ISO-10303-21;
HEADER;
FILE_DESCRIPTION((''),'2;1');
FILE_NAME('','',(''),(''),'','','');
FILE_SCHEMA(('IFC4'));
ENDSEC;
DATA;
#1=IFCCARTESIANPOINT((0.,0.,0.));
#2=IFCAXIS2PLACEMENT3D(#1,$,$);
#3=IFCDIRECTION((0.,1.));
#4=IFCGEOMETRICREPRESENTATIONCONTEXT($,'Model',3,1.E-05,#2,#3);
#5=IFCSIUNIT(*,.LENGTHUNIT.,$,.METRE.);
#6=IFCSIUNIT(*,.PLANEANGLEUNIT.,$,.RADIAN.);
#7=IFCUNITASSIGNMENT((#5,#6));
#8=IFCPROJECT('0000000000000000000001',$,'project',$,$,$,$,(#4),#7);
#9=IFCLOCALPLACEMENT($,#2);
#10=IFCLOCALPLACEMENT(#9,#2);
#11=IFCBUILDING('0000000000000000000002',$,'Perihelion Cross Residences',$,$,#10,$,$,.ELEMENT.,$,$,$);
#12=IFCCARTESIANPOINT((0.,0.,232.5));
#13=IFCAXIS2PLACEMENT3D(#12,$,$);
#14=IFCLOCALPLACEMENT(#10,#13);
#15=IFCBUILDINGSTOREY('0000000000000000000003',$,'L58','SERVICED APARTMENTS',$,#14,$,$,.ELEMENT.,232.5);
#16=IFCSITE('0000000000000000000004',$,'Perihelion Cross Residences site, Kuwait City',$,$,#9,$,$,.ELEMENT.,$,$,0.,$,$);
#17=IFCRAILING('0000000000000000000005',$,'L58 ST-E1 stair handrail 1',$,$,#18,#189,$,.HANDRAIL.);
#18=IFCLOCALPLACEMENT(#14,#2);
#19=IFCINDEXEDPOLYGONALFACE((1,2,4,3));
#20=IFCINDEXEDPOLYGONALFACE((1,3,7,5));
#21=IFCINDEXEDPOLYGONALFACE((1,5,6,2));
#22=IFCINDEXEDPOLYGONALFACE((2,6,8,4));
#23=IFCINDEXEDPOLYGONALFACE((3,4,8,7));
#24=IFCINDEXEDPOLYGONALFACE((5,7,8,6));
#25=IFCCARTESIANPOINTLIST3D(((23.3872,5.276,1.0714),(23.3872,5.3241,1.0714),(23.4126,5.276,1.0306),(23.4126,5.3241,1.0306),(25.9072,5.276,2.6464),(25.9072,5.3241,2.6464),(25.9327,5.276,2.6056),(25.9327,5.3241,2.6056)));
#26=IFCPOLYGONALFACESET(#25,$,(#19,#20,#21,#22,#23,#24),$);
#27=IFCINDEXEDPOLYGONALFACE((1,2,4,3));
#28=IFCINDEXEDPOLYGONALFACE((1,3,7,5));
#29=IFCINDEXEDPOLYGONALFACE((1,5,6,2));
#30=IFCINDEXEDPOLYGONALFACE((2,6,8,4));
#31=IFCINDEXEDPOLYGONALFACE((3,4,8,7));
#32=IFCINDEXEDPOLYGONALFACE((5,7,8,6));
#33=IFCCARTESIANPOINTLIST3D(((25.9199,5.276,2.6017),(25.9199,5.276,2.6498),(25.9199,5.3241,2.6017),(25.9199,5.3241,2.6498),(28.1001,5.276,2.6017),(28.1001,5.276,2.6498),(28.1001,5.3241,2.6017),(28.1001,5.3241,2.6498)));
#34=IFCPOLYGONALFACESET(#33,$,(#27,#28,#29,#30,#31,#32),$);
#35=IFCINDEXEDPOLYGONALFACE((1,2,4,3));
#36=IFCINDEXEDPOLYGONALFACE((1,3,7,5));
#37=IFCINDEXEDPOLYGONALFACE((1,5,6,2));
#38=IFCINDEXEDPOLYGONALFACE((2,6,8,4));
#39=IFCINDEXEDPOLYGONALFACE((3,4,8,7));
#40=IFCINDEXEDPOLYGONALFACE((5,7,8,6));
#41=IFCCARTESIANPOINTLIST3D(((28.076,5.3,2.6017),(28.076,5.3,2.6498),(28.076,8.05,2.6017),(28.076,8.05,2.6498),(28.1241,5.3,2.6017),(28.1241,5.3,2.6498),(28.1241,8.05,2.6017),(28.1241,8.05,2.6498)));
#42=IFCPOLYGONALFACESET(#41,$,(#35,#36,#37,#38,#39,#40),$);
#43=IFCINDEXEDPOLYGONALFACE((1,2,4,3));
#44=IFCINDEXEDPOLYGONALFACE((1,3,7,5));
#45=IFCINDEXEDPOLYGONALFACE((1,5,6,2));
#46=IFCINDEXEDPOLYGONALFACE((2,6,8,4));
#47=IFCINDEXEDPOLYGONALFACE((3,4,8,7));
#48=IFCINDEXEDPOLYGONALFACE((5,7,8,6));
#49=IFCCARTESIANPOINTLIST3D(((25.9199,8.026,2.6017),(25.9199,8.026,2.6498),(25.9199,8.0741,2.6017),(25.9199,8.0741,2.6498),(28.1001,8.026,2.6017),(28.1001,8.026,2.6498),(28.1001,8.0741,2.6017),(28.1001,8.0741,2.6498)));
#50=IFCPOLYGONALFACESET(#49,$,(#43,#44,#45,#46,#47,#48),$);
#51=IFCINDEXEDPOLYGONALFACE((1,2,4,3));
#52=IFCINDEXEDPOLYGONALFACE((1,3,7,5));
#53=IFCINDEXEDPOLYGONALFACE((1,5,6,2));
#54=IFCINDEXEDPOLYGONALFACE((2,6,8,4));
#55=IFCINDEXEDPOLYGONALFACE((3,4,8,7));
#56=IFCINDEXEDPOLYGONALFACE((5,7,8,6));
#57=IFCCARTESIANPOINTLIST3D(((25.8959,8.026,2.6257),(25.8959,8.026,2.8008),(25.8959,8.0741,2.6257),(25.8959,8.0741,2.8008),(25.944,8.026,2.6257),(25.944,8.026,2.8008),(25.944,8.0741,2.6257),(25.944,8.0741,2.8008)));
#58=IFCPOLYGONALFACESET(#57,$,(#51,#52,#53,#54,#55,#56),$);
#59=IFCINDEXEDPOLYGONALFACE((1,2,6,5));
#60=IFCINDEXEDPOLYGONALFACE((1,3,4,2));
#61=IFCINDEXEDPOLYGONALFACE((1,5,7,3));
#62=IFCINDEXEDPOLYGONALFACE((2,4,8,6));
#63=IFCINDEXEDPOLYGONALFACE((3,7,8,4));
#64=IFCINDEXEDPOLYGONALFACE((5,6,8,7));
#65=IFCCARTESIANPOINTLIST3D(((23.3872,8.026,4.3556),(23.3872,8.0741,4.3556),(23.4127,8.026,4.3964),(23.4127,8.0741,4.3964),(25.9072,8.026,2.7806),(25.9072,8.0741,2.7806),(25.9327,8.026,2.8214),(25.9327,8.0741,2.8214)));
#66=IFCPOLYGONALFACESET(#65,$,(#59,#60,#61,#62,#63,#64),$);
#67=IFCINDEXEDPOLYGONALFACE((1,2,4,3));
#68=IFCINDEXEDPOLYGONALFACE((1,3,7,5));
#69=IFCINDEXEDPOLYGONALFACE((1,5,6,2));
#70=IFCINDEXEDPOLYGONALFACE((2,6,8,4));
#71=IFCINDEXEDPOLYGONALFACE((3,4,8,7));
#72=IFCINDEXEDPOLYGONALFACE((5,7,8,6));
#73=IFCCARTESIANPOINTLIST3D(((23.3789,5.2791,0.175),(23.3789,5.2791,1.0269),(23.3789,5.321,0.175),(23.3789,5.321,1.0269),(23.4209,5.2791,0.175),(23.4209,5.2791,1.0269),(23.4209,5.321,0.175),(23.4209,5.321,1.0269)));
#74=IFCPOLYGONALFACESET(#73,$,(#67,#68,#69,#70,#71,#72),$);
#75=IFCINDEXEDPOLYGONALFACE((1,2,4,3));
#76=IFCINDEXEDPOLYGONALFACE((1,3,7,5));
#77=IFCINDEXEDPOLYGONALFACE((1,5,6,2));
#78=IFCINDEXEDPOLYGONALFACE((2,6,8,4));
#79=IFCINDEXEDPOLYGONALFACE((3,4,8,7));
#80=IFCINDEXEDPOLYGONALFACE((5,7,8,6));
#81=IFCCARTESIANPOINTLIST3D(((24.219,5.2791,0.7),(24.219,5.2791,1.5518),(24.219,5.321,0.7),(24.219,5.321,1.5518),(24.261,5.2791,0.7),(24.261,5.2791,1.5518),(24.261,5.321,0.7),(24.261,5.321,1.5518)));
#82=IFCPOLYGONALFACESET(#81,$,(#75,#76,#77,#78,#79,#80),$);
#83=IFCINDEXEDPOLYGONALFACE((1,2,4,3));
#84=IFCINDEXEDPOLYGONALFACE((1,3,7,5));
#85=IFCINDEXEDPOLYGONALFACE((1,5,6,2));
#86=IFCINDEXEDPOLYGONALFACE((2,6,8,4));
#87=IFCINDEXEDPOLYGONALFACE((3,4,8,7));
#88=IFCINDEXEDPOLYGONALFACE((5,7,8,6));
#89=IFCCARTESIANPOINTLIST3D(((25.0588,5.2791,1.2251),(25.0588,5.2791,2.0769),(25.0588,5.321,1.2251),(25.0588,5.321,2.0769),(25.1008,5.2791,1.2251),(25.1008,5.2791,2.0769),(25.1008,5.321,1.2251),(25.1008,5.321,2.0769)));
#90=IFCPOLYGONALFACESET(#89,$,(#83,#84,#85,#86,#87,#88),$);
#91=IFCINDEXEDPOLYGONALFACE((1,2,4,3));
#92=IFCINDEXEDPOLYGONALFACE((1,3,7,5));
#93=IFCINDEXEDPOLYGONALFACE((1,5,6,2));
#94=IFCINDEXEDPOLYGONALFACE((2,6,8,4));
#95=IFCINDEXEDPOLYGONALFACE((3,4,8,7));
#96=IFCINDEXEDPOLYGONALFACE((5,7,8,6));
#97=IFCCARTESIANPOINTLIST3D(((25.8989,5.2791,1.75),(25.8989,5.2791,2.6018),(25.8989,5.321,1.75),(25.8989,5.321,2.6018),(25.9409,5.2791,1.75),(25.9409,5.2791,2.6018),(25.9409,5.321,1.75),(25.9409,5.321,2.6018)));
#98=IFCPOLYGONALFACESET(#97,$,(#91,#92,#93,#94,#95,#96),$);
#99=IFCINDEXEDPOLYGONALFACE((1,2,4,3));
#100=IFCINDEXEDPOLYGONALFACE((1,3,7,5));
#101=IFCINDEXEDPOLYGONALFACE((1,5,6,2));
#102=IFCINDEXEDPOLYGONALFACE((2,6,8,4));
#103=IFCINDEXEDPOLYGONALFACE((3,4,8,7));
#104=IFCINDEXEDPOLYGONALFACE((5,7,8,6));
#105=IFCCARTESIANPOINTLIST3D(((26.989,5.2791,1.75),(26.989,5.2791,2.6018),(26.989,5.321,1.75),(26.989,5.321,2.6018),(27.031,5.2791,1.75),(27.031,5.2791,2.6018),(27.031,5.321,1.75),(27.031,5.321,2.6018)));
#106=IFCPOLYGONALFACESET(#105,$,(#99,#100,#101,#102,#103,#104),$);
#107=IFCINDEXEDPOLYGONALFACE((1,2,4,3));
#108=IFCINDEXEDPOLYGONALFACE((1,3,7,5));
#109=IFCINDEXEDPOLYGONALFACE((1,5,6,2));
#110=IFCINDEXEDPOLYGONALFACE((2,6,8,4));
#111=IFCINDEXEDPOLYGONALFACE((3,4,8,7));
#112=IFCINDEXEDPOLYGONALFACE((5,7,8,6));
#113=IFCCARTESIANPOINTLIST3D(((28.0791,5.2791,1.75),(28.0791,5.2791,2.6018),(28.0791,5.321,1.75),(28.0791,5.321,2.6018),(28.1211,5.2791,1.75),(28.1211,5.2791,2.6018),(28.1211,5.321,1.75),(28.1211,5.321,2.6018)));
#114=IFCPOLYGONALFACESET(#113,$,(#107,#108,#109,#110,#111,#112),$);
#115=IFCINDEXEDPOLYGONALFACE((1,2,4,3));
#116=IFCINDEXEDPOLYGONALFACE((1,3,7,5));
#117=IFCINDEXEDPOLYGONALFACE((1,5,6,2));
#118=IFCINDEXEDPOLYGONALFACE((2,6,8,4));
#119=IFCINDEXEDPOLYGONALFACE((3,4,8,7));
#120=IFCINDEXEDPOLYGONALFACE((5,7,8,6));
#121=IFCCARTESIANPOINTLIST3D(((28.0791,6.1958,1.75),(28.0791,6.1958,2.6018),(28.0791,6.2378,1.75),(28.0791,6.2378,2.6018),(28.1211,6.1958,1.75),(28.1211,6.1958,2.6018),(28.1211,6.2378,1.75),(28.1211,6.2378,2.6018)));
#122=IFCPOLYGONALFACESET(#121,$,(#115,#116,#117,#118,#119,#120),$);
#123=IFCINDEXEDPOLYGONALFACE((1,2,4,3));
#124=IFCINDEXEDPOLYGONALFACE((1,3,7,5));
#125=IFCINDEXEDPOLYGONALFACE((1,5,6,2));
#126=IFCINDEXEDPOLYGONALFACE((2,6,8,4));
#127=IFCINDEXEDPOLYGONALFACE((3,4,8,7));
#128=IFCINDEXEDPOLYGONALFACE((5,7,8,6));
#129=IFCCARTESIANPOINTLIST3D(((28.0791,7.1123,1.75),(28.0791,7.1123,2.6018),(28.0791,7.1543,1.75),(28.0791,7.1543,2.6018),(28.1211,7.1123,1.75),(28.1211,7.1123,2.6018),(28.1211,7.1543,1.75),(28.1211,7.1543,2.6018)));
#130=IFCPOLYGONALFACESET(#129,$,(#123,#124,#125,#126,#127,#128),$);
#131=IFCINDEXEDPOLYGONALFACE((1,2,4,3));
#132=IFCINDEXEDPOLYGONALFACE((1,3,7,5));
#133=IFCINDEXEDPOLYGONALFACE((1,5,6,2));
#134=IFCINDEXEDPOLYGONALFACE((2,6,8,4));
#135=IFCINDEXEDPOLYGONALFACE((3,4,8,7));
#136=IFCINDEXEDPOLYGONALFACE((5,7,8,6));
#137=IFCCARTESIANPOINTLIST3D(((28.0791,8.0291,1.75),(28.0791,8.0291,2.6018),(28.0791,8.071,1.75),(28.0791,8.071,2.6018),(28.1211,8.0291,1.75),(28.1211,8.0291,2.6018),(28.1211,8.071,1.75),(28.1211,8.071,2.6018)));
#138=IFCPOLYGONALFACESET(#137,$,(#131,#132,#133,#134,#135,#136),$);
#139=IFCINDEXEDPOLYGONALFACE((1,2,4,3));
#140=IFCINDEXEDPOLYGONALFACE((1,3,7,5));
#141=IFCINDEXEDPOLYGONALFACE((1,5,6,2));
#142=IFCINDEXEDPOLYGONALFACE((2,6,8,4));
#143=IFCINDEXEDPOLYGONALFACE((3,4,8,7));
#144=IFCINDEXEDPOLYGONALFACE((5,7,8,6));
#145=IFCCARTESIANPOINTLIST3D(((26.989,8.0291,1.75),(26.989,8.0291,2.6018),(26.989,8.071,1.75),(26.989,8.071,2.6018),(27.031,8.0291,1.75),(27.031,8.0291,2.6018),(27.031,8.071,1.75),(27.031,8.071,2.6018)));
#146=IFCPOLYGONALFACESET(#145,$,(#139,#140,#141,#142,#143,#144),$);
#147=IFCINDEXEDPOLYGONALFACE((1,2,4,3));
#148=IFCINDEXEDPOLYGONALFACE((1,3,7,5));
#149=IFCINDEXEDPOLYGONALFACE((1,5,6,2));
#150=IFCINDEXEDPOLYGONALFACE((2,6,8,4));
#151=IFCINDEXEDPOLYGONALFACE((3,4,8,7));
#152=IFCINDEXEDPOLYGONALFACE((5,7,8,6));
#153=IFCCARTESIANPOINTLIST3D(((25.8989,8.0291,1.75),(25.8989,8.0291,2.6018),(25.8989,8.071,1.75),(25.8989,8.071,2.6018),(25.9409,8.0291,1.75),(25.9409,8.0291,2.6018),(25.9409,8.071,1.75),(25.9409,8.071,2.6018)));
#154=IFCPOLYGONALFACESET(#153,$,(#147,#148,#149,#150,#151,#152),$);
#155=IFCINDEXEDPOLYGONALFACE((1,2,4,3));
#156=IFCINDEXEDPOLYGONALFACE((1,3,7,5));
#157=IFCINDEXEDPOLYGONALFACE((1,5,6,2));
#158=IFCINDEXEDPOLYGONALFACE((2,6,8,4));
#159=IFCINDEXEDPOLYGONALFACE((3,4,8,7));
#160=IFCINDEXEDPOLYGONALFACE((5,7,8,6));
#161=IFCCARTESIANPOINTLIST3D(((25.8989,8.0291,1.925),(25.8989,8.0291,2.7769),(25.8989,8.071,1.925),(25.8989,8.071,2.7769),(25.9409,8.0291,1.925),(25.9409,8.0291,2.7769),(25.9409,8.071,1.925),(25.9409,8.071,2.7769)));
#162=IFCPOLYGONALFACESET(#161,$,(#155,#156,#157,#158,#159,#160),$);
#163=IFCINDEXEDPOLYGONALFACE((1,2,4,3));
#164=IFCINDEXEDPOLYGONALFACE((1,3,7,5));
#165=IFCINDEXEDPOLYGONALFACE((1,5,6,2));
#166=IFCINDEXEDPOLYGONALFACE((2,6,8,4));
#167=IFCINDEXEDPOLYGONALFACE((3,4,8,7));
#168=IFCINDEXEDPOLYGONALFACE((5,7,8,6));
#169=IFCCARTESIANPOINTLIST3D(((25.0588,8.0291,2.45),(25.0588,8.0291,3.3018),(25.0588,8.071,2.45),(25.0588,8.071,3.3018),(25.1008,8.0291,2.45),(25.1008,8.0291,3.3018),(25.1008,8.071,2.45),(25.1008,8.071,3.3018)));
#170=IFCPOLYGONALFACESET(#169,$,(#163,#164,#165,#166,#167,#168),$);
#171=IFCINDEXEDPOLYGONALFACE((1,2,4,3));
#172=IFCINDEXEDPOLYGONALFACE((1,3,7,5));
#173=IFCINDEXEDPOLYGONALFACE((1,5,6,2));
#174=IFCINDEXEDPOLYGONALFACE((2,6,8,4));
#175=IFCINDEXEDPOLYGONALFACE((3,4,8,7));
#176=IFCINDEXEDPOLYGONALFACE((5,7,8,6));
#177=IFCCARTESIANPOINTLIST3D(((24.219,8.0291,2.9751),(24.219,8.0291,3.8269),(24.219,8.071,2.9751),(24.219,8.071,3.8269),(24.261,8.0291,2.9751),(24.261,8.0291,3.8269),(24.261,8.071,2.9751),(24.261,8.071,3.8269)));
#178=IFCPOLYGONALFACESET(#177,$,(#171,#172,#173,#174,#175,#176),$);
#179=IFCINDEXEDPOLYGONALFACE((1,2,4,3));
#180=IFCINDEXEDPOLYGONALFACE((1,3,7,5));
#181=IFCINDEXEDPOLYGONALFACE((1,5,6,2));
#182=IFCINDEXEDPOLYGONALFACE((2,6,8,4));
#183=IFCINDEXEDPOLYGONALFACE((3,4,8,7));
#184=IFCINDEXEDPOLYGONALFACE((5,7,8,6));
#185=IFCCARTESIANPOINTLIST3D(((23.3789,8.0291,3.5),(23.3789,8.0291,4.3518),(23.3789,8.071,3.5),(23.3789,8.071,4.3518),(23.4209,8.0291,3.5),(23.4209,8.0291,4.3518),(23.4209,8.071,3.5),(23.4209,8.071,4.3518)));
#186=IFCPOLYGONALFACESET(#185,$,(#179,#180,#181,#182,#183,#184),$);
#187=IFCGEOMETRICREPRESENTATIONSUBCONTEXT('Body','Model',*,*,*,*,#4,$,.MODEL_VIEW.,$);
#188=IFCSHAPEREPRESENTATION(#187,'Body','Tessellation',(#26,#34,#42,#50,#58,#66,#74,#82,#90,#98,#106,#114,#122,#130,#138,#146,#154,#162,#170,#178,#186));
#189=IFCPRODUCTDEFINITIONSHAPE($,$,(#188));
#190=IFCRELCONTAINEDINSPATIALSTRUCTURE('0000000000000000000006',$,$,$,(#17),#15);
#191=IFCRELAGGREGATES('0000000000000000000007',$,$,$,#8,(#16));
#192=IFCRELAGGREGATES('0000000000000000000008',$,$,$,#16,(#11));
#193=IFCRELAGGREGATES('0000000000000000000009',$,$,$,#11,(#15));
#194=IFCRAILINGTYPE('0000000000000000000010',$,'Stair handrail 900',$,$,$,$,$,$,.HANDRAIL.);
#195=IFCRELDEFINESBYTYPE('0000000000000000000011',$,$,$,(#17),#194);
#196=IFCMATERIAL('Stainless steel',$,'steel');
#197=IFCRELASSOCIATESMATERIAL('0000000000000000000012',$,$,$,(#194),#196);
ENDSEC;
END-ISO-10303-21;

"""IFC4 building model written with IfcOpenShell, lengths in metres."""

from ifc_helpers import new_model, si_unit, direction, frame, origin, origin_2d, place, context, subcontext, project, spatial, rectangle, extrude, material, type_object, element, save


model = new_model("IFC4")

# Units and contexts
model_context = context("Model", 3, precision=1e-05, world=origin(), true_north=direction((0.0, 1.0)))
body_context = subcontext(model_context, "Body", "Model", "MODEL_VIEW")
ifc_project = project(units=[si_unit("LENGTHUNIT", "METRE"), si_unit("PLANEANGLEUNIT", "RADIAN")], contexts=[model_context])

# Site, building, storey
site_placement = place(None, origin())
site = spatial("IfcSite", under=ifc_project, at=site_placement, Name="Perihelion Cross Residences site, Kuwait City", CompositionType="ELEMENT", RefElevation=0.0)
building_placement = place(site_placement, origin())
building = spatial("IfcBuilding", under=site, at=building_placement, Name="Perihelion Cross Residences", CompositionType="ELEMENT")
storey_placement = place(building_placement, frame((0.0, 0.0, 232.5)))
storey = spatial("IfcBuildingStorey", under=building, at=storey_placement, Name="L58", Description="SERVICED APARTMENTS", CompositionType="ELEMENT", Elevation=232.5)

# Railing
ifc_material_1 = material(Name="Stainless steel", Category="steel")
railing_type = type_object("IfcRailingType", Name="Stair handrail 900", PredefinedType="HANDRAIL", material=ifc_material_1)
railing_placement = place(storey_placement, frame((23.3999, 5.3, 0.175)))
element("IfcRailing", 1, at=railing_placement, inside=storey, type_object=railing_type, Name="L58 ST-E1 stair handrail 1", PredefinedType="HANDRAIL", context=body_context, shape_type="SweptSolid", body=[
    extrude(rectangle(XDim=0.0481, YDim=0.0481, at=origin_2d()), frame((0.0, 0.0, 0.876), z_axis=(0.848008, 0.0, 0.529984), x_axis=(0.0, 1.0, 0.0)), (0.0, 0.0, 1.0), 2.9717),
    extrude(rectangle(XDim=0.0481, YDim=0.0481, at=origin_2d()), frame((2.52, 0.0, 2.4507), z_axis=(1.0, 0.0, 0.0), x_axis=(0.0, 1.0, 0.0)), (0.0, 0.0, 1.0), 2.1802),
    extrude(rectangle(XDim=0.0481, YDim=0.0481, at=origin_2d()), frame((4.7002, 0.0, 2.4507), z_axis=(0.0, 1.0, 0.0), x_axis=(-1.0, 0.0, 0.0)), (0.0, 0.0, 1.0), 2.75),
    extrude(rectangle(XDim=0.0481, YDim=0.0481, at=origin_2d()), frame((4.7002, 2.75, 2.4507), z_axis=(-1.0, 0.0, 0.0), x_axis=(0.0, -1.0, 0.0)), (0.0, 0.0, 1.0), 2.1802),
    extrude(rectangle(XDim=0.0481, YDim=0.0481, at=origin_2d()), frame((2.52, 2.75, 2.4507), z_axis=(0.0, 0.0, 1.0), x_axis=(1.0, 0.0, 0.0)), (0.0, 0.0, 1.0), 0.175),
    extrude(rectangle(XDim=0.0481, YDim=0.0481, at=origin_2d()), frame((2.52, 2.75, 2.626), z_axis=(-0.848008, 0.0, 0.529984), x_axis=(0.0, -1.0, 0.0)), (0.0, 0.0, 1.0), 2.9717),
    extrude(rectangle(XDim=0.042, YDim=0.042, at=origin_2d()), origin(), (0.0, 0.0, 1.0), 0.8518),
    extrude(rectangle(XDim=0.042, YDim=0.042, at=origin_2d()), frame((0.8401, 0.0, 0.5249)), (0.0, 0.0, 1.0), 0.8518),
    extrude(rectangle(XDim=0.042, YDim=0.042, at=origin_2d()), frame((1.6799, 0.0, 1.05)), (0.0, 0.0, 1.0), 0.8518),
    extrude(rectangle(XDim=0.042, YDim=0.042, at=origin_2d()), frame((2.52, 0.0, 1.575)), (0.0, 0.0, 1.0), 0.8518),
    extrude(rectangle(XDim=0.042, YDim=0.042, at=origin_2d()), frame((3.6101, 0.0, 1.575)), (0.0, 0.0, 1.0), 0.8518),
    extrude(rectangle(XDim=0.042, YDim=0.042, at=origin_2d()), frame((4.7002, 0.0, 1.575)), (0.0, 0.0, 1.0), 0.8518),
    extrude(rectangle(XDim=0.042, YDim=0.042, at=origin_2d()), frame((4.7002, 0.9167, 1.575)), (0.0, 0.0, 1.0), 0.8518),
    extrude(rectangle(XDim=0.042, YDim=0.042, at=origin_2d()), frame((4.7002, 1.8333, 1.575)), (0.0, 0.0, 1.0), 0.8518),
    extrude(rectangle(XDim=0.042, YDim=0.042, at=origin_2d()), frame((4.7002, 2.75, 1.575)), (0.0, 0.0, 1.0), 0.8518),
    extrude(rectangle(XDim=0.042, YDim=0.042, at=origin_2d()), frame((3.6101, 2.75, 1.575)), (0.0, 0.0, 1.0), 0.8518),
    extrude(rectangle(XDim=0.042, YDim=0.042, at=origin_2d()), frame((2.52, 2.75, 1.575)), (0.0, 0.0, 1.0), 0.8518),
    extrude(rectangle(XDim=0.042, YDim=0.042, at=origin_2d()), frame((2.52, 2.75, 1.75)), (0.0, 0.0, 1.0), 0.8518),
    extrude(rectangle(XDim=0.042, YDim=0.042, at=origin_2d()), frame((1.6799, 2.75, 2.2749)), (0.0, 0.0, 1.0), 0.8518),
    extrude(rectangle(XDim=0.042, YDim=0.042, at=origin_2d()), frame((0.8401, 2.75, 2.8)), (0.0, 0.0, 1.0), 0.8518),
    extrude(rectangle(XDim=0.042, YDim=0.042, at=origin_2d()), frame((0.0, 2.75, 3.325)), (0.0, 0.0, 1.0), 0.8518),
])

save(model, "model.ifc")
